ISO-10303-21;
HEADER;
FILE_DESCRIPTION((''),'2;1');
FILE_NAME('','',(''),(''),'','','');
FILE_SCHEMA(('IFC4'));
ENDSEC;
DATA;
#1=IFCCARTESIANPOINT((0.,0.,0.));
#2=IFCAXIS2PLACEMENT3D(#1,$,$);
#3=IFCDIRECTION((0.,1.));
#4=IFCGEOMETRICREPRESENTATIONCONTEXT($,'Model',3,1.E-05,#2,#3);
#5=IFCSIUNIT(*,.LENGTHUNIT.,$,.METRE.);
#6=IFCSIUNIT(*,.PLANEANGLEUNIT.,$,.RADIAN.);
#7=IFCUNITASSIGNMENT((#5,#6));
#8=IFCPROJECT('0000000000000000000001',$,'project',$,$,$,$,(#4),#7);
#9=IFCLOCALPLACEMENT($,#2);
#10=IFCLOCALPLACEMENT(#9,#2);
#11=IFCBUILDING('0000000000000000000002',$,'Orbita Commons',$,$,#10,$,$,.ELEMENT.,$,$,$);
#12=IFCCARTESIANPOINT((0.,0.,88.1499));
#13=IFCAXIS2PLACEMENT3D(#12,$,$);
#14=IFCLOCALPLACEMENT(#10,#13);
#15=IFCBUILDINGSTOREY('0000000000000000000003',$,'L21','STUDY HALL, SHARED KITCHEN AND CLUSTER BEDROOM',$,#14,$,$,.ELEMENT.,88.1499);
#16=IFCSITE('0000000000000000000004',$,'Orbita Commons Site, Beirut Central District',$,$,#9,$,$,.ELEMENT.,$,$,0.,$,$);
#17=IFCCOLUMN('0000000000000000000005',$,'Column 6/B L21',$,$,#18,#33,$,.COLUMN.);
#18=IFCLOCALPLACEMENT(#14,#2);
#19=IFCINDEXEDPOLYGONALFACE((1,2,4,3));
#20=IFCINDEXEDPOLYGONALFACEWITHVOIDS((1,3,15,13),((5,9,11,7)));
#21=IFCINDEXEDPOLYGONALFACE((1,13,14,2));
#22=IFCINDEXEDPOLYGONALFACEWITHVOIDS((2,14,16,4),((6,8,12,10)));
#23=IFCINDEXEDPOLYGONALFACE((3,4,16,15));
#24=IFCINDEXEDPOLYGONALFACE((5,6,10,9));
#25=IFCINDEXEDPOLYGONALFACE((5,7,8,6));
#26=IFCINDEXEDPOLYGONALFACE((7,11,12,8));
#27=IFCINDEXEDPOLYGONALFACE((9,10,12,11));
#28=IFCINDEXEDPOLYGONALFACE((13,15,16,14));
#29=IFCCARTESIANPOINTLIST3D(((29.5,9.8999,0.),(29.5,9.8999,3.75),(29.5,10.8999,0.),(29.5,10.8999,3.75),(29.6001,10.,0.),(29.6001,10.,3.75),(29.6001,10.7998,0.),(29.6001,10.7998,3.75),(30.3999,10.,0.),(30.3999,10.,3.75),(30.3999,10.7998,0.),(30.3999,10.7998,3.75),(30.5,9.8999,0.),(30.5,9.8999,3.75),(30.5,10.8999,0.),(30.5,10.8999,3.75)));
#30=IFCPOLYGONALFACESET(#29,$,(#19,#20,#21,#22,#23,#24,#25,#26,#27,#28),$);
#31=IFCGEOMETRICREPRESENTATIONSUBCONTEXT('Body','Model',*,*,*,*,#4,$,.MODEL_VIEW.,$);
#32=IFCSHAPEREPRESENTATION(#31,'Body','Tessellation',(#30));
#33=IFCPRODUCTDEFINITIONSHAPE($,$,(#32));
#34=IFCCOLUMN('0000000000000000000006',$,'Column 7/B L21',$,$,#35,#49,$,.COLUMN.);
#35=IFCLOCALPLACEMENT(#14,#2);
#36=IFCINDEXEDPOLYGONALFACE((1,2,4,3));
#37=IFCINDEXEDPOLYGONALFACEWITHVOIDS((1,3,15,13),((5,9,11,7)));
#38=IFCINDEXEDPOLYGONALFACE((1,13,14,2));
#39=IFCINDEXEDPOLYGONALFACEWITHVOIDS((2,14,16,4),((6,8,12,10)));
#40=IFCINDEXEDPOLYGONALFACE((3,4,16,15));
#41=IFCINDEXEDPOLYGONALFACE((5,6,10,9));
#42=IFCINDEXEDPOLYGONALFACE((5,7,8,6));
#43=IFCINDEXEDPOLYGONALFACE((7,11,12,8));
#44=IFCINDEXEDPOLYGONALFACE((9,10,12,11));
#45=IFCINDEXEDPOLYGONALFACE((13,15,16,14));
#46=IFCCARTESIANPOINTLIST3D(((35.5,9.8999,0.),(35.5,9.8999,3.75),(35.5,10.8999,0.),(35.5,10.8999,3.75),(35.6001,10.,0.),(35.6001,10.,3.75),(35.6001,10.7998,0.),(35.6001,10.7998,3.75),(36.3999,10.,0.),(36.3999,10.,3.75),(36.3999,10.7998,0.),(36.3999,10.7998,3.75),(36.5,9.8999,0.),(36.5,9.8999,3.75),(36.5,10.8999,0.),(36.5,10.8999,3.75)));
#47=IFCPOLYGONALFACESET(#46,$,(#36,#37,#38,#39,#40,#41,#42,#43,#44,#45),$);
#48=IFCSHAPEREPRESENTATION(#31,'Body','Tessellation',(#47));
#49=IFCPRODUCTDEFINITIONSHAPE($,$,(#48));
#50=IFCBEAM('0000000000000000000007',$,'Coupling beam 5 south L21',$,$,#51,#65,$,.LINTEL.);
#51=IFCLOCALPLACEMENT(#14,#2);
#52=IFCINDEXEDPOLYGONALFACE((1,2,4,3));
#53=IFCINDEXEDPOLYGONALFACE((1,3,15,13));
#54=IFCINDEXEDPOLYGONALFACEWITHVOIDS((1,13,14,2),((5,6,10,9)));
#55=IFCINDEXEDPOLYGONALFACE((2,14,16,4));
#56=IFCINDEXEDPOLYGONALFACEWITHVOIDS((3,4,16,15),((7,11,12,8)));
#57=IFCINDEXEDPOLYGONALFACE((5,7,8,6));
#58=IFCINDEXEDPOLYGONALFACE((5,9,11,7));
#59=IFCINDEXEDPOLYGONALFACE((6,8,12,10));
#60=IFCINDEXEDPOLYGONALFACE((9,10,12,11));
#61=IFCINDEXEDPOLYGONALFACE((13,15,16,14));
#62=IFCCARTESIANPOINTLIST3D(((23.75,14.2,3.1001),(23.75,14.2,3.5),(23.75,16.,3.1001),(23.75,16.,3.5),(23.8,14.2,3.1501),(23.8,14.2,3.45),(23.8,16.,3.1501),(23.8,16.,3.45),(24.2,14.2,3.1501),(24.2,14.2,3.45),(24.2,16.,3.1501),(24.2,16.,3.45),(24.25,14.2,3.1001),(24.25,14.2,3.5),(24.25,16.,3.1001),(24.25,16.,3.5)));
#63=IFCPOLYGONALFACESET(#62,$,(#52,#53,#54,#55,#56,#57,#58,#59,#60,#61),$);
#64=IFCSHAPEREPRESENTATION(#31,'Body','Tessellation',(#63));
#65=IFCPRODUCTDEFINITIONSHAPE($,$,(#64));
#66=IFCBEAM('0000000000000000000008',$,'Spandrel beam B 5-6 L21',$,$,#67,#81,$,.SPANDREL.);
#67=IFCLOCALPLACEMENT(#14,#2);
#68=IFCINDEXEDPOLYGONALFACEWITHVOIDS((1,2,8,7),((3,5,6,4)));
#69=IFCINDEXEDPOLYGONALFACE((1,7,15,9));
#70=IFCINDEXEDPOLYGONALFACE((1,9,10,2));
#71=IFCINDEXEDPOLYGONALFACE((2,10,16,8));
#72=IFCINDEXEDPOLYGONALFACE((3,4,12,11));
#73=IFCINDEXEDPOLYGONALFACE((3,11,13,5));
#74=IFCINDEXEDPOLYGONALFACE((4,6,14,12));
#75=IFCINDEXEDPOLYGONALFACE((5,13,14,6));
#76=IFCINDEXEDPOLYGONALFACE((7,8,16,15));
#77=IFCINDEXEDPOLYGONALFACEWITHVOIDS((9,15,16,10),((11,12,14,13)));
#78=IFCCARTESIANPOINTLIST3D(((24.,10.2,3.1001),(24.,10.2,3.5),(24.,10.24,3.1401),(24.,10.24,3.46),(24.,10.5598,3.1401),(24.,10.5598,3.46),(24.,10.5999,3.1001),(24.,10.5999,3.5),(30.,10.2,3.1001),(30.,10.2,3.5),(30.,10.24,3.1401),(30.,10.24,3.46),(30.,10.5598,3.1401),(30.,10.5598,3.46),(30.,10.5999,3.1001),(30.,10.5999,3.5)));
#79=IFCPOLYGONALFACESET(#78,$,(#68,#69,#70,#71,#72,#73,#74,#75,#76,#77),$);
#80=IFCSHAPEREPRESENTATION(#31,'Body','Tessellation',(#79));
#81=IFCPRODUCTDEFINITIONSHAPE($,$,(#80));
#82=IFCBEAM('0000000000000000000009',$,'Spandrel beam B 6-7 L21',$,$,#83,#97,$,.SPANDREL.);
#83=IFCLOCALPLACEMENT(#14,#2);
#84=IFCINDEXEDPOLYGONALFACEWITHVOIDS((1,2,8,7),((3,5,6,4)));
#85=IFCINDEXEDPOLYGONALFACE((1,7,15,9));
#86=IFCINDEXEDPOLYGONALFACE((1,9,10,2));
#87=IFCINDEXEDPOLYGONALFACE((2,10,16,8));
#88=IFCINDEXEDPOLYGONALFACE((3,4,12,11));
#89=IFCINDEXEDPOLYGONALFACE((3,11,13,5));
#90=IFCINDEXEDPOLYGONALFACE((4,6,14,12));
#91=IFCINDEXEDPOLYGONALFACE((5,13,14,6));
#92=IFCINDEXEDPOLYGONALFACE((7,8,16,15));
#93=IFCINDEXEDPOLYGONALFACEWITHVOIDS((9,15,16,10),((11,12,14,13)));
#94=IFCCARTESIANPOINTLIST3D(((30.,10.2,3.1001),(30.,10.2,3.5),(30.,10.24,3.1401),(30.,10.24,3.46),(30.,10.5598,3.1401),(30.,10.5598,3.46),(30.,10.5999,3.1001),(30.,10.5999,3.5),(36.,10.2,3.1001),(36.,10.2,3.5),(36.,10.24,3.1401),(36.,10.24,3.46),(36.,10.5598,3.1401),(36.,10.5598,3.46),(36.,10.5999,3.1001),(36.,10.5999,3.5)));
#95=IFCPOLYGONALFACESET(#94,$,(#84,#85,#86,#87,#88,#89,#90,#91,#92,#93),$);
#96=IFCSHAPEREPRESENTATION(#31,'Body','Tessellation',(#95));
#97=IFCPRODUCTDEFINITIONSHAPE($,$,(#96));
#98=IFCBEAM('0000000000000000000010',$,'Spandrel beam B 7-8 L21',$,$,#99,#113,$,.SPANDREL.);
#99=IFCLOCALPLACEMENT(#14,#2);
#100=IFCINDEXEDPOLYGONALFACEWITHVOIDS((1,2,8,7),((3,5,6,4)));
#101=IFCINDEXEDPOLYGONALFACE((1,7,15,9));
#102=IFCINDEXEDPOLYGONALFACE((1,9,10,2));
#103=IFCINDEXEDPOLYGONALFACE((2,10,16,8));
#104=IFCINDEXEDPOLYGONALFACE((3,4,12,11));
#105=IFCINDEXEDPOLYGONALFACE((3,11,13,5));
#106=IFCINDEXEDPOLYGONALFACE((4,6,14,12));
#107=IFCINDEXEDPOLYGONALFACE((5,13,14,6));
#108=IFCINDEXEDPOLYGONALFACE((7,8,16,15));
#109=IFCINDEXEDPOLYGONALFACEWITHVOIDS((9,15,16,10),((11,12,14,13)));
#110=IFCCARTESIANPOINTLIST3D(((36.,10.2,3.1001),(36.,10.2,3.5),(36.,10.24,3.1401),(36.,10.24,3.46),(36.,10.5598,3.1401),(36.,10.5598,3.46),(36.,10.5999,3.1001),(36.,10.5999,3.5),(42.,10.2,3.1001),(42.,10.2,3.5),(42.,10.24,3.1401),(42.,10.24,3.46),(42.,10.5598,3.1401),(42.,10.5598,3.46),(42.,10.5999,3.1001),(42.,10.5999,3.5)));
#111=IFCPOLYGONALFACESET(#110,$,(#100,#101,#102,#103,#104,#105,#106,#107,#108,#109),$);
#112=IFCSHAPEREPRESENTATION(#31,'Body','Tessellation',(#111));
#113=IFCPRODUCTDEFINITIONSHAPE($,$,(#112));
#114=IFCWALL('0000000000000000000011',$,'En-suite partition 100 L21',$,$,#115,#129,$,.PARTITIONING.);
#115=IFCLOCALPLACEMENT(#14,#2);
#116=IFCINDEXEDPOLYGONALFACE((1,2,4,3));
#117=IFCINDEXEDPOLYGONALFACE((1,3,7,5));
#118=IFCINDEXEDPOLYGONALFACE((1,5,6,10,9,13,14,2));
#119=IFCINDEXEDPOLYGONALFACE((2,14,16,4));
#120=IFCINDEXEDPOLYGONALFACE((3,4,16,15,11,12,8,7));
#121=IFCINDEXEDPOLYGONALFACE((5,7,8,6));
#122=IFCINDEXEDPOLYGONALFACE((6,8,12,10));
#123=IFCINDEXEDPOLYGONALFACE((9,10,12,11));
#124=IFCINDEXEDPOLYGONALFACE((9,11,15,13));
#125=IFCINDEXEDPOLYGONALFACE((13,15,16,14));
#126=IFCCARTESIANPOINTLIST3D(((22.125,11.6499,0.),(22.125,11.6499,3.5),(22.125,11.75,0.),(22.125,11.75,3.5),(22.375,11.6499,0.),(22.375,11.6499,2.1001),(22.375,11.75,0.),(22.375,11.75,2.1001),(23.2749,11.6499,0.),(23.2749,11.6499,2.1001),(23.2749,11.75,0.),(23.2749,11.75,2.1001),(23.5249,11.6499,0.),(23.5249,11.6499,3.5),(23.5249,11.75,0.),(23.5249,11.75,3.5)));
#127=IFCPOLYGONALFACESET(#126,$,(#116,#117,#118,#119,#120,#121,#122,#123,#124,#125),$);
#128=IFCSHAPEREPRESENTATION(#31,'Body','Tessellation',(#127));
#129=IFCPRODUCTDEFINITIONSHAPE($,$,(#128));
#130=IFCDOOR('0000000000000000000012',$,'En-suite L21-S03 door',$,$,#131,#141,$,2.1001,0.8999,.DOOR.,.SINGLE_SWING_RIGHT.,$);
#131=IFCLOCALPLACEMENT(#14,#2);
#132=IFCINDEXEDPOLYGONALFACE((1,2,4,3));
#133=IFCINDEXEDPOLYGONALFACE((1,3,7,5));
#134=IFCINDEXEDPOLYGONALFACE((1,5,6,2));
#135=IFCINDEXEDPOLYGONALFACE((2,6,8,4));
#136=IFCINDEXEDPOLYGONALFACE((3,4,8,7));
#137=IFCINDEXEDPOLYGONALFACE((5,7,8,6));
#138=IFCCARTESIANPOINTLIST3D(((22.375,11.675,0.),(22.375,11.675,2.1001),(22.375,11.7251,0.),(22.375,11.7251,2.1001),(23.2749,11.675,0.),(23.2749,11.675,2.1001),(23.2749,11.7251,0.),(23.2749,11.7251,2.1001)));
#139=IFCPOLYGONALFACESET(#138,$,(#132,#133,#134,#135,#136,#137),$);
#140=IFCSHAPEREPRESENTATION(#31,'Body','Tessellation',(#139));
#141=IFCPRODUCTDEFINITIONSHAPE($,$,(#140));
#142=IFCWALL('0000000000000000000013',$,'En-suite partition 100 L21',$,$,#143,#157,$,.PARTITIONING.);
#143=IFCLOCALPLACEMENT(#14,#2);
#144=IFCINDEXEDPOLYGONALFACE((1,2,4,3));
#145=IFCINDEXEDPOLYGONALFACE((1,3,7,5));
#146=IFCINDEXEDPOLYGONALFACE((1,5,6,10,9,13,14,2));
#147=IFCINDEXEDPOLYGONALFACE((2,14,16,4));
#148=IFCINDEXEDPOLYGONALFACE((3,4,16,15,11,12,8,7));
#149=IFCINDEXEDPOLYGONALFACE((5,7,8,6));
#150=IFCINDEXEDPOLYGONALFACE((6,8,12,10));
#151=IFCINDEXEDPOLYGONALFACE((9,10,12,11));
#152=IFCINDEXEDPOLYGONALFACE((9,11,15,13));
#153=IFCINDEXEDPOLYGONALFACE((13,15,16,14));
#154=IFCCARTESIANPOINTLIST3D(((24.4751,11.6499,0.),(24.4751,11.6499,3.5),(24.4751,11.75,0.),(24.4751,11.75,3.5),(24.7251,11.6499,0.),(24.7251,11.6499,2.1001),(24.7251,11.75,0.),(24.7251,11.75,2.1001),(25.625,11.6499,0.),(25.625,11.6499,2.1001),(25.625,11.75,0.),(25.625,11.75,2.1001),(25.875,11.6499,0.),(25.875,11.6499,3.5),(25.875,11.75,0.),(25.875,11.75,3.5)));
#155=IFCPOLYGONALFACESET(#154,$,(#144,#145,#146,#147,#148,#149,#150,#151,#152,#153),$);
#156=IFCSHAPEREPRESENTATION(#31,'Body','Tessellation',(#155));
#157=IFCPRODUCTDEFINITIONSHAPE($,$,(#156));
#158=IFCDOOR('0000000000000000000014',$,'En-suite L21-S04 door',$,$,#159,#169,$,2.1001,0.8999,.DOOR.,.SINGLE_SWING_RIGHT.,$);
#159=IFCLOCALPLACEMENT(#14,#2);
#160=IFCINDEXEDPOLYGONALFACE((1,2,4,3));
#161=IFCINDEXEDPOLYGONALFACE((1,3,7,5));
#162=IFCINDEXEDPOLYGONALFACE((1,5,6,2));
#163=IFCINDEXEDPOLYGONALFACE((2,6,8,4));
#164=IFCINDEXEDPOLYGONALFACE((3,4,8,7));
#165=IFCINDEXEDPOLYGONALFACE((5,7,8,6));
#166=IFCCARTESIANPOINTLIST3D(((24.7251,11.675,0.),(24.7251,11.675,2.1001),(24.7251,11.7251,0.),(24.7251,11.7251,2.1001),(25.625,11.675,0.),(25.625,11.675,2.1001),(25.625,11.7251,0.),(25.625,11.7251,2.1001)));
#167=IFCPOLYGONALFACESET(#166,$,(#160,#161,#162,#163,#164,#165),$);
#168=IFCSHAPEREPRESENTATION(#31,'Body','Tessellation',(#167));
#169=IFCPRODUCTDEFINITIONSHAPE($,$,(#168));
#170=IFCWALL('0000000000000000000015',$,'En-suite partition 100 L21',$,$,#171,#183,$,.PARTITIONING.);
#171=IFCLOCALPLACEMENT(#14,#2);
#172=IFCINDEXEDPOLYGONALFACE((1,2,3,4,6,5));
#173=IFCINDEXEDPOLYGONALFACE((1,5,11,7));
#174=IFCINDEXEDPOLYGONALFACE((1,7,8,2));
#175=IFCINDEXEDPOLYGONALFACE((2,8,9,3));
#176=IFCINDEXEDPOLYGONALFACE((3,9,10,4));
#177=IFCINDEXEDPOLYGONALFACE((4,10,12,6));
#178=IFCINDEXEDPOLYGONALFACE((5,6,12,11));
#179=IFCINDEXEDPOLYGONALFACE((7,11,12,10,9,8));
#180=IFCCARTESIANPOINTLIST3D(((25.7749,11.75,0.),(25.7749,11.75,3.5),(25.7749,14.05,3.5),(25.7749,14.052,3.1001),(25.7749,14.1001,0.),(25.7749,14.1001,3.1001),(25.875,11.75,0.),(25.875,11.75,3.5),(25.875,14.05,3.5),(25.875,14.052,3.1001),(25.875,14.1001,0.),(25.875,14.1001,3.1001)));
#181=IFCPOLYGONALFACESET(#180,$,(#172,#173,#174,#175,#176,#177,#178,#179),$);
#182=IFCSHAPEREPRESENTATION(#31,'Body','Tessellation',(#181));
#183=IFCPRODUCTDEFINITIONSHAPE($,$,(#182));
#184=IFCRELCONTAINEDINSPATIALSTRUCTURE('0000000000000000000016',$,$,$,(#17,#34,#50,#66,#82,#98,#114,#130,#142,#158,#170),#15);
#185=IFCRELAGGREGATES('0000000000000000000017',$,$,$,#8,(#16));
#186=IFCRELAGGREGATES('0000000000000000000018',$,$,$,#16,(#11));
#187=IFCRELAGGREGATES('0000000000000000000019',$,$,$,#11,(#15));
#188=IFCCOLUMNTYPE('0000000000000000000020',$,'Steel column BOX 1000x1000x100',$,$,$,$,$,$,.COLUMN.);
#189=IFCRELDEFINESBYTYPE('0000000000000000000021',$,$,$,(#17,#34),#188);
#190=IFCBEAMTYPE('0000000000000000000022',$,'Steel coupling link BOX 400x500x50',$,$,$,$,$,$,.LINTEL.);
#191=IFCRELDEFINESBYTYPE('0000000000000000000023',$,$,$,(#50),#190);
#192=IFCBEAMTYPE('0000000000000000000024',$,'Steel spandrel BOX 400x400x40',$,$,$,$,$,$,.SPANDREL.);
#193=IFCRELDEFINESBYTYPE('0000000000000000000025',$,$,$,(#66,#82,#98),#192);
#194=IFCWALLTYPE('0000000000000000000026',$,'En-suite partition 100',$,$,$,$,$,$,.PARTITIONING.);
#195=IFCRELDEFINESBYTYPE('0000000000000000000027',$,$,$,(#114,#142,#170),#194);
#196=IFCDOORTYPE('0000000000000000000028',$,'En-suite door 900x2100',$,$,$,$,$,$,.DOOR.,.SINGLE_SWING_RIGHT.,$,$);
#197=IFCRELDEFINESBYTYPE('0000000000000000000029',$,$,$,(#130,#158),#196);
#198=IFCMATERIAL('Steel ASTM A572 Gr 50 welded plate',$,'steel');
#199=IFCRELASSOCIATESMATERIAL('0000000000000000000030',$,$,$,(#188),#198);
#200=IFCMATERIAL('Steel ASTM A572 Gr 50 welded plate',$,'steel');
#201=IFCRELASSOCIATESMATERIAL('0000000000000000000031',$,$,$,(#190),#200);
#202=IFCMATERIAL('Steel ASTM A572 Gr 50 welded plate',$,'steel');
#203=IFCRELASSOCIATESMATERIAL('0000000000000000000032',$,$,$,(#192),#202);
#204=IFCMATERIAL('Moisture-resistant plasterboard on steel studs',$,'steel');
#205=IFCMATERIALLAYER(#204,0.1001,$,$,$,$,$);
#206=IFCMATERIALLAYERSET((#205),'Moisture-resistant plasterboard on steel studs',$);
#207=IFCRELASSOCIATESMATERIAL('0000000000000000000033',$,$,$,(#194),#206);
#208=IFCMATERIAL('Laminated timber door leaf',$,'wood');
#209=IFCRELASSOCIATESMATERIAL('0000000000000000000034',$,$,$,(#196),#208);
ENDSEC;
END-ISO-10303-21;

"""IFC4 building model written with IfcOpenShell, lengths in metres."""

from ifc_helpers import new_model, si_unit, direction, frame, frame_2d, origin, origin_2d, place, context, subcontext, project, spatial, polyline, rectangle, hollow_rectangle, outline, extrude, material, layer, layer_set, material_profile, profile_set, type_object, element, fill, save


model = new_model("IFC4")

# Units and contexts
model_context = context("Model", 3, precision=1e-05, world=origin(), true_north=direction((0.0, 1.0)))
body_context = subcontext(model_context, "Body", "Model", "MODEL_VIEW")
ifc_project = project(units=[si_unit("LENGTHUNIT", "METRE"), si_unit("PLANEANGLEUNIT", "RADIAN")], contexts=[model_context])

# Site, building, storey
site_placement = place(None, origin())
site = spatial("IfcSite", under=ifc_project, at=site_placement, Name="Orbita Commons Site, Beirut Central District", CompositionType="ELEMENT", RefElevation=0.0)
building_placement = place(site_placement, origin())
building = spatial("IfcBuilding", under=site, at=building_placement, Name="Orbita Commons", CompositionType="ELEMENT")
storey_placement = place(building_placement, frame((0.0, 0.0, 88.1499)))
storey = spatial("IfcBuildingStorey", under=building, at=storey_placement, Name="L21", Description="STUDY HALL, SHARED KITCHEN AND CLUSTER BEDROOM", CompositionType="ELEMENT", Elevation=88.1499)

# Columns
ifc_material_1 = material(Name="Steel ASTM A572 Gr 50 welded plate", Category="steel")
ifc_material_profile_1 = material_profile(ifc_material_1, hollow_rectangle(XDim=1.0, YDim=1.0, WallThickness=0.1001, at=origin_2d()), Name="BOX 1000x1000x100")
ifc_profile_set_1 = profile_set([ifc_material_profile_1], Name="Steel ASTM A572 Gr 50 welded plate")
column_type = type_object("IfcColumnType", Name="Steel column BOX 1000x1000x100", PredefinedType="COLUMN", material=ifc_profile_set_1)
for number, where, z_axis, x_axis, name in (
    (1, (30.0, 10.3999, 0.0), (0.0, 0.0, 1.0), (1.0, 0.0, 0.0), "Column 6/B L21"),
    (2, (36.0, 10.3999, 0.0), (0.0, 0.0, 1.0), (1.0, 0.0, 0.0), "Column 7/B L21"),
):
    element("IfcColumn", number, at=place(storey_placement, frame(where, z_axis=z_axis, x_axis=x_axis)), inside=storey, type_object=column_type, Name=name, PredefinedType="COLUMN", context=body_context, shape_type="SweptSolid", body=[
        extrude(hollow_rectangle(XDim=1.0, YDim=1.0, WallThickness=0.1001, at=origin_2d()), origin(), (0.0, 0.0, 1.0), 3.75),
    ])

# Beams
ifc_material_2 = material(Name="Steel ASTM A572 Gr 50 welded plate", Category="steel")
ifc_material_profile_2 = material_profile(ifc_material_2, hollow_rectangle(XDim=0.5, YDim=0.3999, WallThickness=0.05, at=origin_2d()), Name="BOX 400x500x50")
ifc_profile_set_2 = profile_set([ifc_material_profile_2], Name="Steel ASTM A572 Gr 50 welded plate")
beam_type_1 = type_object("IfcBeamType", Name="Steel coupling link BOX 400x500x50", PredefinedType="LINTEL", material=ifc_profile_set_2)
beam_placement = place(storey_placement, frame((24.0, 14.2, 3.3), z_axis=(0.0, 1.0, 0.0), x_axis=(-1.0, 0.0, 0.0)))
element("IfcBeam", 3, at=beam_placement, inside=storey, type_object=beam_type_1, Name="Coupling beam 5 south L21", PredefinedType="LINTEL", context=body_context, shape_type="SweptSolid", body=[
    extrude(hollow_rectangle(XDim=0.5, YDim=0.3999, WallThickness=0.05, at=origin_2d()), origin(), (0.0, 0.0, 1.0), 1.8),
])
ifc_material_3 = material(Name="Steel ASTM A572 Gr 50 welded plate", Category="steel")
ifc_material_profile_3 = material_profile(ifc_material_3, hollow_rectangle(XDim=0.3999, YDim=0.3999, WallThickness=0.04, at=origin_2d()), Name="BOX 400x400x40")
ifc_profile_set_3 = profile_set([ifc_material_profile_3], Name="Steel ASTM A572 Gr 50 welded plate")
beam_type_2 = type_object("IfcBeamType", Name="Steel spandrel BOX 400x400x40", PredefinedType="SPANDREL", material=ifc_profile_set_3)
for number, where, z_axis, x_axis, name in (
    (4, (24.0, 10.3999, 3.3), (1.0, 0.0, 0.0), (0.0, 1.0, 0.0), "Spandrel beam B 5-6 L21"),
    (5, (30.0, 10.3999, 3.3), (1.0, 0.0, 0.0), (0.0, 1.0, 0.0), "Spandrel beam B 6-7 L21"),
    (6, (36.0, 10.3999, 3.3), (1.0, 0.0, 0.0), (0.0, 1.0, 0.0), "Spandrel beam B 7-8 L21"),
):
    element("IfcBeam", number, at=place(storey_placement, frame(where, z_axis=z_axis, x_axis=x_axis)), inside=storey, type_object=beam_type_2, Name=name, PredefinedType="SPANDREL", context=body_context, shape_type="SweptSolid", body=[
        extrude(hollow_rectangle(XDim=0.3999, YDim=0.3999, WallThickness=0.04, at=origin_2d()), origin(), (0.0, 0.0, 1.0), 6.0),
    ])

# Walls, openings, doors
ifc_material_4 = material(Name="Moisture-resistant plasterboard on steel studs", Category="steel")
ifc_layer = layer(ifc_material_4, 0.1001)
ifc_layer_set = layer_set([ifc_layer], Name="Moisture-resistant plasterboard on steel studs")
wall_type = type_object("IfcWallType", Name="En-suite partition 100", PredefinedType="PARTITIONING", material=ifc_layer_set)
wall_1_placement = place(storey_placement, frame((23.5249, 11.7, 0.0), z_axis=(0.0, 0.0, 1.0), x_axis=(-1.0, 0.0, 0.0)))
wall_1 = element("IfcWall", 7, at=wall_1_placement, inside=storey, type_object=wall_type, Name="En-suite partition 100 L21", PredefinedType="PARTITIONING", context=body_context, shape_type="SweptSolid", body=[
    extrude(rectangle(XDim=1.3999, YDim=0.1001, at=frame_2d((0.7, 0.0))), origin(), (0.0, 0.0, 1.0), 3.5),
])
opening_1_placement = place(wall_1_placement, frame((0.25, 0.0, 0.0)))
opening_1 = element("IfcOpeningElement", 8, at=opening_1_placement, cuts=wall_1, PredefinedType="OPENING", context=body_context, shape_type="SweptSolid", body=[
    extrude(rectangle(XDim=0.8999, YDim=2.1001, at=frame_2d((0.45, 1.05))), frame((0.0, 0.0601, 0.0), z_axis=(0.0, -1.0, 0.0), x_axis=(1.0, 0.0, 0.0)), (0.0, 0.0, 1.0), 0.1201),
])
ifc_material_5 = material(Name="Laminated timber door leaf", Category="wood")
door_type = type_object("IfcDoorType", Name="En-suite door 900x2100", OperationType="SINGLE_SWING_RIGHT", PredefinedType="DOOR", material=ifc_material_5)
door_1_placement = place(opening_1_placement, origin())
door_1 = element("IfcDoor", 9, at=door_1_placement, inside=storey, type_object=door_type, Name="En-suite L21-S03 door", OperationType="SINGLE_SWING_RIGHT", OverallHeight=2.1001, OverallWidth=0.8999, PredefinedType="DOOR", context=body_context, shape_type="SweptSolid", body=[
    extrude(rectangle(XDim=0.8999, YDim=2.1001, at=frame_2d((0.45, 1.05))), frame((0.0, 0.0249, 0.0), z_axis=(0.0, -1.0, 0.0), x_axis=(1.0, 0.0, 0.0)), (0.0, 0.0, 1.0), 0.05),
])
fill(opening_1, door_1)
wall_2_placement = place(storey_placement, frame((25.875, 11.7, 0.0), z_axis=(0.0, 0.0, 1.0), x_axis=(-1.0, 0.0, 0.0)))
wall_2 = element("IfcWall", 10, at=wall_2_placement, inside=storey, type_object=wall_type, Name="En-suite partition 100 L21", PredefinedType="PARTITIONING", context=body_context, shape_type="SweptSolid", body=[
    extrude(rectangle(XDim=1.3999, YDim=0.1001, at=frame_2d((0.7, 0.0))), origin(), (0.0, 0.0, 1.0), 3.5),
])
opening_2_placement = place(wall_2_placement, frame((0.25, 0.0, 0.0)))
opening_2 = element("IfcOpeningElement", 11, at=opening_2_placement, cuts=wall_2, PredefinedType="OPENING", context=body_context, shape_type="SweptSolid", body=[
    extrude(rectangle(XDim=0.8999, YDim=2.1001, at=frame_2d((0.45, 1.05))), frame((0.0, 0.0601, 0.0), z_axis=(0.0, -1.0, 0.0), x_axis=(1.0, 0.0, 0.0)), (0.0, 0.0, 1.0), 0.1201),
])
door_2_placement = place(opening_2_placement, origin())
door_2 = element("IfcDoor", 12, at=door_2_placement, inside=storey, type_object=door_type, Name="En-suite L21-S04 door", OperationType="SINGLE_SWING_RIGHT", OverallHeight=2.1001, OverallWidth=0.8999, PredefinedType="DOOR", context=body_context, shape_type="SweptSolid", body=[
    extrude(rectangle(XDim=0.8999, YDim=2.1001, at=frame_2d((0.45, 1.05))), frame((0.0, 0.0249, 0.0), z_axis=(0.0, -1.0, 0.0), x_axis=(1.0, 0.0, 0.0)), (0.0, 0.0, 1.0), 0.05),
])
fill(opening_2, door_2)

# Wall
wall_3_placement = place(storey_placement, frame((25.825, 11.75, 0.0), z_axis=(0.0, 0.0, 1.0), x_axis=(0.0, 1.0, 0.0)))
element("IfcWall", 13, at=wall_3_placement, inside=storey, type_object=wall_type, Name="En-suite partition 100 L21", PredefinedType="PARTITIONING", context=body_context, shape_type="SweptSolid", body=[
    extrude(outline(polyline([(0.0, 0.0), (2.3501, 0.0), (2.3501, 3.1001), (2.302, 3.1001), (2.3, 3.5), (0.0, 3.5), (0.0, 0.0)])), frame((0.0, 0.05, 0.0), z_axis=(0.0, -1.0, 0.0), x_axis=(1.0, 0.0, 0.0)), (0.0, 0.0, 1.0), 0.1001),
])

save(model, "model.ifc")
